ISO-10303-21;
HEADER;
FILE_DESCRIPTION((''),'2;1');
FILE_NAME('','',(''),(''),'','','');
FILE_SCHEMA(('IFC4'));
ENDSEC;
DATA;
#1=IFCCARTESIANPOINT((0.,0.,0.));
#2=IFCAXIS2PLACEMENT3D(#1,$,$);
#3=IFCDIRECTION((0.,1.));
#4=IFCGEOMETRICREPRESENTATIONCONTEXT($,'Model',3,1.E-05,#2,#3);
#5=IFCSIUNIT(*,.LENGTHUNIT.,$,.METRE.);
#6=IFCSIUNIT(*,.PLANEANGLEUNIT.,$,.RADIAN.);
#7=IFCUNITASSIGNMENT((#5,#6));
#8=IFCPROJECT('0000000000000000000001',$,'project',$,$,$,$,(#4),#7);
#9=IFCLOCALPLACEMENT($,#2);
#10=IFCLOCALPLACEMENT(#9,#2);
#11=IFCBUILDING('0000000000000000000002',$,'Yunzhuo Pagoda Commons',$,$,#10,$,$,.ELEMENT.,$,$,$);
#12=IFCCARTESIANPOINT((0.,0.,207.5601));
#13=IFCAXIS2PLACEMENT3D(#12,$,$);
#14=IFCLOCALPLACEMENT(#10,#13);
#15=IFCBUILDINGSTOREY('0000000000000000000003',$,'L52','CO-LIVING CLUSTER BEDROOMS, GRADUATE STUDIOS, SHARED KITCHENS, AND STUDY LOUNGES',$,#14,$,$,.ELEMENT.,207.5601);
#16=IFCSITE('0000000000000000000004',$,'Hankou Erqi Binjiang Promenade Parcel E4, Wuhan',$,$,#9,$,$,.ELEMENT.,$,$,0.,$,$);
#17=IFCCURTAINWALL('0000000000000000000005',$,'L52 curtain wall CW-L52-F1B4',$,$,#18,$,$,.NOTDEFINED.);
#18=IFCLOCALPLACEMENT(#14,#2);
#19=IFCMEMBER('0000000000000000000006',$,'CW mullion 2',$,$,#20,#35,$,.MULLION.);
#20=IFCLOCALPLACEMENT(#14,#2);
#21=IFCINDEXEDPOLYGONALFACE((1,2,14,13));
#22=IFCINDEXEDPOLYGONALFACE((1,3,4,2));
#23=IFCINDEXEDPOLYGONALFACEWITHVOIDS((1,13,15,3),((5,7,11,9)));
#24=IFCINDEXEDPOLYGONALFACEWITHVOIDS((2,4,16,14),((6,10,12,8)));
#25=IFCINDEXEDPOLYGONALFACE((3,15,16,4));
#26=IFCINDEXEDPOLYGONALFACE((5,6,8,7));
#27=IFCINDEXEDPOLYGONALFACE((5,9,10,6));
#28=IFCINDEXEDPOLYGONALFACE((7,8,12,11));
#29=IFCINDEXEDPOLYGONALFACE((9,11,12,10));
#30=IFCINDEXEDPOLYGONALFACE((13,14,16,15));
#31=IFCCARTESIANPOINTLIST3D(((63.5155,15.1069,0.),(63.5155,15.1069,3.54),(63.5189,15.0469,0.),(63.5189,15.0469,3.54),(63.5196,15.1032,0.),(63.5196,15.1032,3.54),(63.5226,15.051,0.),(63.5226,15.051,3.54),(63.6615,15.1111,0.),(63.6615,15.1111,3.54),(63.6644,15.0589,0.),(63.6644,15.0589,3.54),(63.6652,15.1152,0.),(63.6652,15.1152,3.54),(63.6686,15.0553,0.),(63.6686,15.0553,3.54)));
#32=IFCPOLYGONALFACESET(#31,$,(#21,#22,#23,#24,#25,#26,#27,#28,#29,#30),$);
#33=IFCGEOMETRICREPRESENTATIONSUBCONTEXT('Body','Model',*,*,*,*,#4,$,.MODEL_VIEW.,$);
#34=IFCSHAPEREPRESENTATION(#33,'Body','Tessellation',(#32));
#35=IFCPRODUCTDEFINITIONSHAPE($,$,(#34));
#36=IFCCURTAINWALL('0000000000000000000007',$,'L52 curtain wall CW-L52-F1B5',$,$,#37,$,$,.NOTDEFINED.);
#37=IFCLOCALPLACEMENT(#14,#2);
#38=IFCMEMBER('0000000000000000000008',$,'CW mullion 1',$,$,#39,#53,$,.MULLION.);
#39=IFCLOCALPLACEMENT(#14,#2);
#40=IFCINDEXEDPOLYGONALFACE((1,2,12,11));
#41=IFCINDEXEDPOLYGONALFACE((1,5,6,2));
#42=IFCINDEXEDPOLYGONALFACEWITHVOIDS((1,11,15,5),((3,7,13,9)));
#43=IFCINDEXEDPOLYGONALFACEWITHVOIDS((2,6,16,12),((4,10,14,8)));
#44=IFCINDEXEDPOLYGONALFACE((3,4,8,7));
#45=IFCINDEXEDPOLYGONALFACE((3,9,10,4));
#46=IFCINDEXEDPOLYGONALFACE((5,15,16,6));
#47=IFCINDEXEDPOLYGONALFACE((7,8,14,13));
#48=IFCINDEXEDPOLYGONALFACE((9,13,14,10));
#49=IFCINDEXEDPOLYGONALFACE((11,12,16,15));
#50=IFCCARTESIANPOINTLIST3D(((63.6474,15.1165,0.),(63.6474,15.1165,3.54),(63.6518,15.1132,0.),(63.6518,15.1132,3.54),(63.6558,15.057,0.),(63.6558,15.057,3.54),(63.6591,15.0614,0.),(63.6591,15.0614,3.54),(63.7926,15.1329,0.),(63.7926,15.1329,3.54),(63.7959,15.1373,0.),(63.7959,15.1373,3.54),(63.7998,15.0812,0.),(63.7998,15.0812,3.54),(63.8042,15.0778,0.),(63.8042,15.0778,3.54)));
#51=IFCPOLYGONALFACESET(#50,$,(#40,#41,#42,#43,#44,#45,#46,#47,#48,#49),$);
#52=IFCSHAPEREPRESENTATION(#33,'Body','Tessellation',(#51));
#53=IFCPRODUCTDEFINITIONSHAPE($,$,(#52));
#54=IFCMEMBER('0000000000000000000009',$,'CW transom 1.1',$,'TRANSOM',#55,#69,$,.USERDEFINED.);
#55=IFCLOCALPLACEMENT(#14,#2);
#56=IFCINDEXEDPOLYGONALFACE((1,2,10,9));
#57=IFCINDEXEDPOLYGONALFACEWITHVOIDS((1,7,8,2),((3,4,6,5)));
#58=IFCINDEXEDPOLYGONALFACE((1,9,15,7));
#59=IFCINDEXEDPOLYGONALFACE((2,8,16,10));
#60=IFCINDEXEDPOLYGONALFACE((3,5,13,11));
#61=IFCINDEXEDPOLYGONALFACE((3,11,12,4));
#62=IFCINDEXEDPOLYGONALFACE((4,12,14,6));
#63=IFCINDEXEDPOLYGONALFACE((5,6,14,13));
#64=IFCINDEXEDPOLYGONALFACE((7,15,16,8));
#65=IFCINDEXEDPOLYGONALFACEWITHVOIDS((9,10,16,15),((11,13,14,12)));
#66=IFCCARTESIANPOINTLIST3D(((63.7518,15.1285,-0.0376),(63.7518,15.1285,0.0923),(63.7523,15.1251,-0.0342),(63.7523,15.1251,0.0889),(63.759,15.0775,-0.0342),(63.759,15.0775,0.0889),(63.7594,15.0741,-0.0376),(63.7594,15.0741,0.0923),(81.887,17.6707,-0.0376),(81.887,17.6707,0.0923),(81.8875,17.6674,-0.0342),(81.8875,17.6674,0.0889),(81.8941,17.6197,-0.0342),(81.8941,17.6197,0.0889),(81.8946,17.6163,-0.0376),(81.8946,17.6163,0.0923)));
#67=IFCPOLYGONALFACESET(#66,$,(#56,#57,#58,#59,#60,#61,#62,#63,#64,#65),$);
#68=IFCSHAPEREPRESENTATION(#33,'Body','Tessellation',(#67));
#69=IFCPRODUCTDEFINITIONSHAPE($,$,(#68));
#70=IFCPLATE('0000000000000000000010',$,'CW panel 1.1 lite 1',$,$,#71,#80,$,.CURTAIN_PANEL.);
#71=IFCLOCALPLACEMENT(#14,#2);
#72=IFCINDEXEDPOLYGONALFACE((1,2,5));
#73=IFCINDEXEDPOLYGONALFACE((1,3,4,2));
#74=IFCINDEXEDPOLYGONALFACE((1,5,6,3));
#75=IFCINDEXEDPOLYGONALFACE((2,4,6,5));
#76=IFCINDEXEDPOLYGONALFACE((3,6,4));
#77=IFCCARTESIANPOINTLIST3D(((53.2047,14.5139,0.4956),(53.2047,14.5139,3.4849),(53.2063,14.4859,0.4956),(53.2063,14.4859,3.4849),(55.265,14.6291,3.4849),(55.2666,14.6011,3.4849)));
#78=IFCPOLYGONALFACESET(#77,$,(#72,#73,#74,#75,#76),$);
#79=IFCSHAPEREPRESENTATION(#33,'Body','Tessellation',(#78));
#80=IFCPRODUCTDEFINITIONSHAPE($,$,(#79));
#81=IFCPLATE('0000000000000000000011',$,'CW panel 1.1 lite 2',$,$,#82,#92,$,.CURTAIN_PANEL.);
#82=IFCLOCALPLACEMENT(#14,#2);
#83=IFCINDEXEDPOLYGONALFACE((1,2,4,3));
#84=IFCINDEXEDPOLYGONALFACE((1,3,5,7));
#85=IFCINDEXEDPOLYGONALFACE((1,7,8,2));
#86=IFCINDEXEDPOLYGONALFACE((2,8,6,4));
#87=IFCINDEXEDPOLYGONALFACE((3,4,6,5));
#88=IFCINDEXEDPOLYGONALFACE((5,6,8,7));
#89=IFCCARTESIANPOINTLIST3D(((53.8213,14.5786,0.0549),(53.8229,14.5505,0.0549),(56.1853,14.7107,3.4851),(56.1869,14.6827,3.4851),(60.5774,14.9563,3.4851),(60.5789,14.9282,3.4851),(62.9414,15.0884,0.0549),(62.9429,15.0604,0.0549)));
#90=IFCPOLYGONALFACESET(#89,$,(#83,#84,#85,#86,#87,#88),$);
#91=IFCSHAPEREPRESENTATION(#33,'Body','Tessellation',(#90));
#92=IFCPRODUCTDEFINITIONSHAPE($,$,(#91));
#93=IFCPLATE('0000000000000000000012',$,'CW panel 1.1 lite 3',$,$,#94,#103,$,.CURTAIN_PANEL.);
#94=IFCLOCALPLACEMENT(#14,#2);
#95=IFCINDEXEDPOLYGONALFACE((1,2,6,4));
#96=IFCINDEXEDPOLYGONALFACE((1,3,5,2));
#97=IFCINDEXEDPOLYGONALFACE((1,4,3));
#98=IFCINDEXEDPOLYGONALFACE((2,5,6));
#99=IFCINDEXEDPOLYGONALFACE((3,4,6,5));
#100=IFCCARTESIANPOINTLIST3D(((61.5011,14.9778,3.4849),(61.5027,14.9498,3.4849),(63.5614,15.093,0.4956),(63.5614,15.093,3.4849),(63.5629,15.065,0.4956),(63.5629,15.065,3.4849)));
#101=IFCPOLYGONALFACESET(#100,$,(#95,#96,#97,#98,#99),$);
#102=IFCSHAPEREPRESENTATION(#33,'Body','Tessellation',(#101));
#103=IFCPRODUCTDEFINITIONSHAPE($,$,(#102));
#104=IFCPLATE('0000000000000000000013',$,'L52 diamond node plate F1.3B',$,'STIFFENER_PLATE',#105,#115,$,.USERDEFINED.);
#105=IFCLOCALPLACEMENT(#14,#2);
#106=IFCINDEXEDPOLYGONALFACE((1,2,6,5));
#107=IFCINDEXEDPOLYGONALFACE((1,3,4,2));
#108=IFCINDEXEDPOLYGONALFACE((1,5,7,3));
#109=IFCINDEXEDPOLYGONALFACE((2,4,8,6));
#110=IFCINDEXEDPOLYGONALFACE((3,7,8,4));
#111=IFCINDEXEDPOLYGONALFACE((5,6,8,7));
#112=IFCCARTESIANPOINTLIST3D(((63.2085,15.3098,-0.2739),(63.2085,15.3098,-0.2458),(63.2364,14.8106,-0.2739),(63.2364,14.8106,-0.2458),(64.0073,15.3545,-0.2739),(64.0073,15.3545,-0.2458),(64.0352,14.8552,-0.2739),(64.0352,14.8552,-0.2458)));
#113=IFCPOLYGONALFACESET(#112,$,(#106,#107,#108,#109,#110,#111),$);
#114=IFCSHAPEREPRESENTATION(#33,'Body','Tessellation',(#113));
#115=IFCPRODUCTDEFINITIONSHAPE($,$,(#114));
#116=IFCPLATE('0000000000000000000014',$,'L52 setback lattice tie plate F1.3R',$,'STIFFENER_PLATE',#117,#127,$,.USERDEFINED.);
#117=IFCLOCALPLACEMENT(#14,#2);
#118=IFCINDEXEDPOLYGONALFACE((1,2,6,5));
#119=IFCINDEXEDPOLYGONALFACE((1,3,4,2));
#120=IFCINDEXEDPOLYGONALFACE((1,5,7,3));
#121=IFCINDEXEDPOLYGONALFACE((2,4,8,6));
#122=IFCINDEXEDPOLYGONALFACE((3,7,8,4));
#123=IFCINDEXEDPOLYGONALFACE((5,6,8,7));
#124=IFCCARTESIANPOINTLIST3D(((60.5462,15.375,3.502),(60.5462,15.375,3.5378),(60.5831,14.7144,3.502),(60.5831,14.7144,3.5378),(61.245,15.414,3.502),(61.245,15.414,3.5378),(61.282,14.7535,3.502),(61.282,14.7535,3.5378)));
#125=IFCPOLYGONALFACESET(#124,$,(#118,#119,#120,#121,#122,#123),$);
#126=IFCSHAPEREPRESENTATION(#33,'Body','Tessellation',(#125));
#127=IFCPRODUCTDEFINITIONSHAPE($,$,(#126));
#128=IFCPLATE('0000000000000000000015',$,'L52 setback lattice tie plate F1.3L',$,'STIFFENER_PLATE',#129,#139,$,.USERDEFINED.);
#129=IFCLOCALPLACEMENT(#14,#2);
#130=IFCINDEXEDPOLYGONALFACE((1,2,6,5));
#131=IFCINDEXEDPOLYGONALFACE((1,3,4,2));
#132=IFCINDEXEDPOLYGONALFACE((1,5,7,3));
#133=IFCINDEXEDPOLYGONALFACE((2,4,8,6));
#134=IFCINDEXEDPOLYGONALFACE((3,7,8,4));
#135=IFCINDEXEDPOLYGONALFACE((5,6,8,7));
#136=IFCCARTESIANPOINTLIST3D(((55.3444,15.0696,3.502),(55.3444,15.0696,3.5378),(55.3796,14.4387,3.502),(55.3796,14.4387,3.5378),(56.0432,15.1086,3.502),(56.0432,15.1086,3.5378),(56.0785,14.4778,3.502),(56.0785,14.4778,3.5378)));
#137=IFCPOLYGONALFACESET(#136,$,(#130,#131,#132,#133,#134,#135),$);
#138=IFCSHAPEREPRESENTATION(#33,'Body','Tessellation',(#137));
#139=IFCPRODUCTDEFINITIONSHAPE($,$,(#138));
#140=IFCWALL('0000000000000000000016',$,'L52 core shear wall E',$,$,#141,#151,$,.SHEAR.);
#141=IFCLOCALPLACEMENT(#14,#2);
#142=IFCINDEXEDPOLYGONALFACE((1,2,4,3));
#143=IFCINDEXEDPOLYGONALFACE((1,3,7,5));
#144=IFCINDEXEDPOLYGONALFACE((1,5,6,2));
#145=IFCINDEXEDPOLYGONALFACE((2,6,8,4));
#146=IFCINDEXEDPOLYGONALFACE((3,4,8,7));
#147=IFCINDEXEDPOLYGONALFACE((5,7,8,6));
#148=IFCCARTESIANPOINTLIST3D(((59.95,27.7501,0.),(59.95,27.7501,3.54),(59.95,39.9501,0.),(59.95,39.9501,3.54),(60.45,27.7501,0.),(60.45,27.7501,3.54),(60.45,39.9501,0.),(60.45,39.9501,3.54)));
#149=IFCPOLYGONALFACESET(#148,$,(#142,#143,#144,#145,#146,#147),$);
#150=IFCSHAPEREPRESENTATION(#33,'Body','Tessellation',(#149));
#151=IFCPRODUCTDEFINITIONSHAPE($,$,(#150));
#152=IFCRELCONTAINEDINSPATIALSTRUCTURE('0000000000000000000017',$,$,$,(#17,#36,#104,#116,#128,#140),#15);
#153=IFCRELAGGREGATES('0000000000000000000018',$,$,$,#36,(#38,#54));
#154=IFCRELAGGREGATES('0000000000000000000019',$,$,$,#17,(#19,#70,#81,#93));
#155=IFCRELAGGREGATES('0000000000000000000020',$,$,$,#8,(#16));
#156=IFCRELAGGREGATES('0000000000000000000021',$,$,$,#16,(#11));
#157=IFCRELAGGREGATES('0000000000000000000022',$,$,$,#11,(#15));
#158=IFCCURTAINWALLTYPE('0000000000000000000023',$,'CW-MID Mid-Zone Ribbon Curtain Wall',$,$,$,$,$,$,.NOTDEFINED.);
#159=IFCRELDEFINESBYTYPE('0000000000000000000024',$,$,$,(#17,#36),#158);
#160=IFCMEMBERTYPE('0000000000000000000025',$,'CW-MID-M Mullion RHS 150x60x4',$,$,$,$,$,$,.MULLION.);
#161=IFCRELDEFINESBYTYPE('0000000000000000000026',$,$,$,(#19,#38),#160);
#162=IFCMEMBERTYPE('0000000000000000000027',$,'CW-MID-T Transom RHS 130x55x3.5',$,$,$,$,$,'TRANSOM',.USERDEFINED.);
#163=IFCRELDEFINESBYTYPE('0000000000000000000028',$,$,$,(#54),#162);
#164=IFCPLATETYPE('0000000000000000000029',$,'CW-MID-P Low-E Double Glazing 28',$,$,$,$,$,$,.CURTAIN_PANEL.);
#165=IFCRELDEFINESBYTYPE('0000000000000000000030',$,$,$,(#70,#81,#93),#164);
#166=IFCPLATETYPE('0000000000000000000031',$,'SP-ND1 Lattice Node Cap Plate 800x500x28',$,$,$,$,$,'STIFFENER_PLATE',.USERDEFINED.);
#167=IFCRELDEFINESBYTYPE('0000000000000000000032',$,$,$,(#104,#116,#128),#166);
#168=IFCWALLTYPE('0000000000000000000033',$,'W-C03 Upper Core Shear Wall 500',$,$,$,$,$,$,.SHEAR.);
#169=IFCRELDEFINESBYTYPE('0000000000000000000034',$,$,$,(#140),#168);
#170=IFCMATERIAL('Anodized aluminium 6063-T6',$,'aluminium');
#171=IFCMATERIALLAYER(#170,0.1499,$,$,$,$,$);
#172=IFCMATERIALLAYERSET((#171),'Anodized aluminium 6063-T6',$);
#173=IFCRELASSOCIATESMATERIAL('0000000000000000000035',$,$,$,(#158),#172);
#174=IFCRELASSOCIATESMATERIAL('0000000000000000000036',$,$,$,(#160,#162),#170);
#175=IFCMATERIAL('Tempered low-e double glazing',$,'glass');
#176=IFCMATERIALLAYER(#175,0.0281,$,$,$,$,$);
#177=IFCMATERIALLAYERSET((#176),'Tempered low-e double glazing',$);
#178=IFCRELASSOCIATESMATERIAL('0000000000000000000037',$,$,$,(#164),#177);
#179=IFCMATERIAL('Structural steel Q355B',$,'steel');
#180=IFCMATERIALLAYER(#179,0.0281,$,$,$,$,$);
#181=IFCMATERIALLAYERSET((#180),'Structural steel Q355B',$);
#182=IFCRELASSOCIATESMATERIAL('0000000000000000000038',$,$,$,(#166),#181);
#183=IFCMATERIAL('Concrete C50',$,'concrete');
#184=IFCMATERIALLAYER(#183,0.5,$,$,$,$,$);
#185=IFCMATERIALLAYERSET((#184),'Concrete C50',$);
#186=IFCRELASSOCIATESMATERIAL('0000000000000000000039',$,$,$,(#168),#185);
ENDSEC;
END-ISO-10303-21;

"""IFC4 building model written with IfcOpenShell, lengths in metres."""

from ifc_helpers import new_model, si_unit, direction, frame, frame_2d, origin, origin_2d, place, context, subcontext, project, spatial, polyline, rectangle, hollow_rectangle, outline, extrude, source, transform, mapped, material, layer, layer_set, material_profile, profile_set, type_object, element, aggregate, save


model = new_model("IFC4")

# Units and contexts
model_context = context("Model", 3, precision=1e-05, world=origin(), true_north=direction((0.0, 1.0)))
body_context = subcontext(model_context, "Body", "Model", "MODEL_VIEW")
ifc_project = project(units=[si_unit("LENGTHUNIT", "METRE"), si_unit("PLANEANGLEUNIT", "RADIAN")], contexts=[model_context])

# Site, building, storey
site_placement = place(None, origin())
site = spatial("IfcSite", under=ifc_project, at=site_placement, Name="Hankou Erqi Binjiang Promenade Parcel E4, Wuhan", CompositionType="ELEMENT", RefElevation=0.0)
building_placement = place(site_placement, origin())
building = spatial("IfcBuilding", under=site, at=building_placement, Name="Yunzhuo Pagoda Commons", CompositionType="ELEMENT")
storey_placement = place(building_placement, frame((0.0, 0.0, 207.5601)))
storey = spatial("IfcBuildingStorey", under=building, at=storey_placement, Name="L52", Description="CO-LIVING CLUSTER BEDROOMS, GRADUATE STUDIOS, SHARED KITCHENS, AND STUDY LOUNGES", CompositionType="ELEMENT", Elevation=207.5601)

# Shared definitions
ifc_material_1 = material(Name="Structural steel Q355B", Category="steel")

# Curtain wall, member
ifc_material_2 = material(Name="Anodized aluminium 6063-T6", Category="aluminium")
ifc_layer_1 = layer(ifc_material_2, 0.1499)
ifc_layer_set_1 = layer_set([ifc_layer_1], Name="Anodized aluminium 6063-T6")
curtain_wall_type = type_object("IfcCurtainWallType", Name="CW-MID Mid-Zone Ribbon Curtain Wall", PredefinedType="NOTDEFINED", material=ifc_layer_set_1)
curtain_wall_1_placement = place(storey_placement, origin())
curtain_wall_1 = element("IfcCurtainWall", 1, at=curtain_wall_1_placement, inside=storey, type_object=curtain_wall_type, Name="L52 curtain wall CW-L52-F1B4", PredefinedType="NOTDEFINED")
ifc_material_profile_1 = material_profile(ifc_material_2, hollow_rectangle(XDim=0.0601, YDim=0.1499, WallThickness=0.0039, at=origin_2d()), Name="Anodized aluminium 6063-T6")
ifc_profile_set_1 = profile_set([ifc_material_profile_1], Name="Anodized aluminium 6063-T6")
member_type_1 = type_object("IfcMemberType", Name="CW-MID-M Mullion RHS 150x60x4", PredefinedType="MULLION", material=ifc_profile_set_1)
shared_shape_1 = source(origin(), body_context, "Body", "SweptSolid", [
    extrude(hollow_rectangle(XDim=0.0601, YDim=0.1499, WallThickness=0.0039, at=origin_2d()), origin(), (0.0, 0.0, 1.0), 3.54),
])
member_1_placement = place(storey_placement, frame((63.592, 15.0811, 0.0), z_axis=(0.0, 0.0, 1.0), x_axis=(-0.055819, 0.998441, 0.0)))
member_1 = element("IfcMember", 2, at=member_1_placement, type_object=member_type_1, Name="CW mullion 2", PredefinedType="MULLION", context=body_context, shape_type="MappedRepresentation", body=[
    mapped(shared_shape_1, transform((0.0, 0.0, 0.0), scale=1.0)),
])

# Curtain wall, members
curtain_wall_2_placement = place(storey_placement, origin())
curtain_wall_2 = element("IfcCurtainWall", 3, at=curtain_wall_2_placement, inside=storey, type_object=curtain_wall_type, Name="L52 curtain wall CW-L52-F1B5", PredefinedType="NOTDEFINED")
member_2_placement = place(storey_placement, frame((63.7258, 15.0972, 0.0), z_axis=(0.0, 0.0, 1.0), x_axis=(-0.138819, 0.990318, 0.0)))
member_2 = element("IfcMember", 4, at=member_2_placement, type_object=member_type_1, Name="CW mullion 1", PredefinedType="MULLION", context=body_context, shape_type="MappedRepresentation", body=[
    mapped(shared_shape_1, transform((0.0, 0.0, 0.0), scale=1.0)),
])
ifc_material_profile_2 = material_profile(ifc_material_2, hollow_rectangle(XDim=0.0549, YDim=0.1299, WallThickness=0.0034, at=origin_2d()), Name="Anodized aluminium 6063-T6")
ifc_profile_set_2 = profile_set([ifc_material_profile_2], Name="Anodized aluminium 6063-T6")
member_type_2 = type_object("IfcMemberType", Name="CW-MID-T Transom RHS 130x55x3.5", ElementType="TRANSOM", PredefinedType="USERDEFINED", material=ifc_profile_set_2)
shared_shape_2 = source(origin(), body_context, "Body", "SweptSolid", [
    extrude(hollow_rectangle(XDim=0.0549, YDim=0.1299, WallThickness=0.0034, at=origin_2d()), origin(), (0.0, 0.0, 1.0), 18.3125),
])
member_3_placement = place(storey_placement, frame((63.7556, 15.1013, 0.0273), z_axis=(0.990317, 0.138825, 0.0), x_axis=(-0.138825, 0.990317, 0.0)))
member_3 = element("IfcMember", 5, at=member_3_placement, type_object=member_type_2, Name="CW transom 1.1", ObjectType="TRANSOM", PredefinedType="USERDEFINED", context=body_context, shape_type="MappedRepresentation", body=[
    mapped(shared_shape_2, transform((0.0, 0.0, 0.0), scale=1.0)),
])
aggregate(curtain_wall_2, [member_2, member_3])

# Plates
ifc_material_3 = material(Name="Tempered low-e double glazing", Category="glass")
ifc_layer_2 = layer(ifc_material_3, 0.0281)
ifc_layer_set_2 = layer_set([ifc_layer_2], Name="Tempered low-e double glazing")
plate_type_1 = type_object("IfcPlateType", Name="CW-MID-P Low-E Double Glazing 28", PredefinedType="CURTAIN_PANEL", material=ifc_layer_set_2)
plate_1_placement = place(storey_placement, frame((54.2349, 14.5715, 1.9902), z_axis=(0.055819, -0.998441, 0.0), x_axis=(0.998441, 0.055819, 0.0)))
plate_1 = element("IfcPlate", 6, at=plate_1_placement, type_object=plate_type_1, Name="CW panel 1.1 lite 1", PredefinedType="CURTAIN_PANEL", context=body_context, shape_type="SweptSolid", body=[
    extrude(outline(polyline([(-1.0317, -1.4946), (1.0317, 1.4946), (-1.0317, 1.4946), (-1.0317, -1.4946)])), origin(), (0.0, 0.0, 1.0), 0.0281),
])
plate_2_placement = place(storey_placement, frame((58.3813, 14.8335, 1.77), z_axis=(0.055819, -0.998441, 0.0), x_axis=(0.998441, 0.055819, 0.0)))
plate_2 = element("IfcPlate", 7, at=plate_2_placement, type_object=plate_type_1, Name="CW panel 1.1 lite 2", PredefinedType="CURTAIN_PANEL", context=body_context, shape_type="SweptSolid", body=[
    extrude(outline(polyline([(-4.5671, -1.7151), (4.5671, -1.7151), (2.1995, 1.7151), (-2.1995, 1.7151), (-4.5671, -1.7151)])), origin(), (0.0, 0.0, 1.0), 0.0281),
])
plate_3_placement = place(storey_placement, frame((62.5312, 15.0354, 1.9902), z_axis=(0.055819, -0.998441, 0.0), x_axis=(0.998441, 0.055819, 0.0)))
plate_3 = element("IfcPlate", 8, at=plate_3_placement, type_object=plate_type_1, Name="CW panel 1.1 lite 3", PredefinedType="CURTAIN_PANEL", context=body_context, shape_type="SweptSolid", body=[
    extrude(outline(polyline([(-1.0317, 1.4946), (1.0317, -1.4946), (1.0317, 1.4946), (-1.0317, 1.4946)])), origin(), (0.0, 0.0, 1.0), 0.0281),
])
aggregate(curtain_wall_1, [member_1, plate_1, plate_2, plate_3])

# Plates
ifc_layer_3 = layer(ifc_material_1, 0.0281)
ifc_layer_set_3 = layer_set([ifc_layer_3], Name="Structural steel Q355B")
plate_type_2 = type_object("IfcPlateType", Name="SP-ND1 Lattice Node Cap Plate 800x500x28", ElementType="STIFFENER_PLATE", PredefinedType="USERDEFINED", material=ifc_layer_set_3)
shared_shape_3 = source(origin(), body_context, "Body", "SweptSolid", [
    extrude(rectangle(XDim=0.8, YDim=0.5, at=origin_2d()), origin(), (0.0, 0.0, 1.0), 0.0281),
])
plate_4_placement = place(storey_placement, frame((63.6218, 15.0825, -0.2739), z_axis=(0.0, 0.0, 1.0), x_axis=(0.998441, 0.055822, 0.0)))
element("IfcPlate", 9, at=plate_4_placement, inside=storey, type_object=plate_type_2, Name="L52 diamond node plate F1.3B", ObjectType="STIFFENER_PLATE", PredefinedType="USERDEFINED", context=body_context, shape_type="MappedRepresentation", body=[
    mapped(shared_shape_3, transform((0.0, 0.0, 0.0), scale=1.0)),
])
shared_shape_4 = source(origin(), body_context, "Body", "SweptSolid", [
    extrude(rectangle(XDim=0.7, YDim=0.6616, at=origin_2d()), origin(), (0.0, 0.0, 1.0), 0.0359),
])
plate_5_placement = place(storey_placement, frame((60.9141, 15.0642, 3.502), z_axis=(0.0, 0.0, 1.0), x_axis=(0.998441, 0.055822, 0.0)))
element("IfcPlate", 10, at=plate_5_placement, inside=storey, type_object=plate_type_2, Name="L52 setback lattice tie plate F1.3R", ObjectType="STIFFENER_PLATE", PredefinedType="USERDEFINED", context=body_context, shape_type="MappedRepresentation", body=[
    mapped(shared_shape_4, transform((0.0, 0.0, 0.0), scale=1.0)),
])
shared_shape_5 = source(origin(), body_context, "Body", "SweptSolid", [
    extrude(rectangle(XDim=0.7, YDim=0.6318, at=origin_2d()), origin(), (0.0, 0.0, 1.0), 0.0359),
])
plate_6_placement = place(storey_placement, frame((55.7114, 14.7737, 3.502), z_axis=(0.0, 0.0, 1.0), x_axis=(0.998441, 0.055822, 0.0)))
element("IfcPlate", 11, at=plate_6_placement, inside=storey, type_object=plate_type_2, Name="L52 setback lattice tie plate F1.3L", ObjectType="STIFFENER_PLATE", PredefinedType="USERDEFINED", context=body_context, shape_type="MappedRepresentation", body=[
    mapped(shared_shape_5, transform((0.0, 0.0, 0.0), scale=1.0)),
])

# Wall
ifc_material_4 = material(Name="Concrete C50", Category="concrete")
ifc_layer_4 = layer(ifc_material_4, 0.5)
ifc_layer_set_4 = layer_set([ifc_layer_4], Name="Concrete C50")
wall_type_1 = type_object("IfcWallType", Name="W-C03 Upper Core Shear Wall 500", PredefinedType="SHEAR", material=ifc_layer_set_4)
wall_1_placement = place(storey_placement, frame((60.2, 27.75, 0.0), z_axis=(0.0, 0.0, 1.0), x_axis=(0.0, 1.0, 0.0)))
element("IfcWall", 12, at=wall_1_placement, inside=storey, type_object=wall_type_1, Name="L52 core shear wall E", PredefinedType="SHEAR", context=body_context, shape_type="SweptSolid", body=[
    extrude(rectangle(XDim=12.2, YDim=0.5, at=frame_2d((6.1001, 0.0))), origin(), (0.0, 0.0, 1.0), 3.54),
])

save(model, "model.ifc")
